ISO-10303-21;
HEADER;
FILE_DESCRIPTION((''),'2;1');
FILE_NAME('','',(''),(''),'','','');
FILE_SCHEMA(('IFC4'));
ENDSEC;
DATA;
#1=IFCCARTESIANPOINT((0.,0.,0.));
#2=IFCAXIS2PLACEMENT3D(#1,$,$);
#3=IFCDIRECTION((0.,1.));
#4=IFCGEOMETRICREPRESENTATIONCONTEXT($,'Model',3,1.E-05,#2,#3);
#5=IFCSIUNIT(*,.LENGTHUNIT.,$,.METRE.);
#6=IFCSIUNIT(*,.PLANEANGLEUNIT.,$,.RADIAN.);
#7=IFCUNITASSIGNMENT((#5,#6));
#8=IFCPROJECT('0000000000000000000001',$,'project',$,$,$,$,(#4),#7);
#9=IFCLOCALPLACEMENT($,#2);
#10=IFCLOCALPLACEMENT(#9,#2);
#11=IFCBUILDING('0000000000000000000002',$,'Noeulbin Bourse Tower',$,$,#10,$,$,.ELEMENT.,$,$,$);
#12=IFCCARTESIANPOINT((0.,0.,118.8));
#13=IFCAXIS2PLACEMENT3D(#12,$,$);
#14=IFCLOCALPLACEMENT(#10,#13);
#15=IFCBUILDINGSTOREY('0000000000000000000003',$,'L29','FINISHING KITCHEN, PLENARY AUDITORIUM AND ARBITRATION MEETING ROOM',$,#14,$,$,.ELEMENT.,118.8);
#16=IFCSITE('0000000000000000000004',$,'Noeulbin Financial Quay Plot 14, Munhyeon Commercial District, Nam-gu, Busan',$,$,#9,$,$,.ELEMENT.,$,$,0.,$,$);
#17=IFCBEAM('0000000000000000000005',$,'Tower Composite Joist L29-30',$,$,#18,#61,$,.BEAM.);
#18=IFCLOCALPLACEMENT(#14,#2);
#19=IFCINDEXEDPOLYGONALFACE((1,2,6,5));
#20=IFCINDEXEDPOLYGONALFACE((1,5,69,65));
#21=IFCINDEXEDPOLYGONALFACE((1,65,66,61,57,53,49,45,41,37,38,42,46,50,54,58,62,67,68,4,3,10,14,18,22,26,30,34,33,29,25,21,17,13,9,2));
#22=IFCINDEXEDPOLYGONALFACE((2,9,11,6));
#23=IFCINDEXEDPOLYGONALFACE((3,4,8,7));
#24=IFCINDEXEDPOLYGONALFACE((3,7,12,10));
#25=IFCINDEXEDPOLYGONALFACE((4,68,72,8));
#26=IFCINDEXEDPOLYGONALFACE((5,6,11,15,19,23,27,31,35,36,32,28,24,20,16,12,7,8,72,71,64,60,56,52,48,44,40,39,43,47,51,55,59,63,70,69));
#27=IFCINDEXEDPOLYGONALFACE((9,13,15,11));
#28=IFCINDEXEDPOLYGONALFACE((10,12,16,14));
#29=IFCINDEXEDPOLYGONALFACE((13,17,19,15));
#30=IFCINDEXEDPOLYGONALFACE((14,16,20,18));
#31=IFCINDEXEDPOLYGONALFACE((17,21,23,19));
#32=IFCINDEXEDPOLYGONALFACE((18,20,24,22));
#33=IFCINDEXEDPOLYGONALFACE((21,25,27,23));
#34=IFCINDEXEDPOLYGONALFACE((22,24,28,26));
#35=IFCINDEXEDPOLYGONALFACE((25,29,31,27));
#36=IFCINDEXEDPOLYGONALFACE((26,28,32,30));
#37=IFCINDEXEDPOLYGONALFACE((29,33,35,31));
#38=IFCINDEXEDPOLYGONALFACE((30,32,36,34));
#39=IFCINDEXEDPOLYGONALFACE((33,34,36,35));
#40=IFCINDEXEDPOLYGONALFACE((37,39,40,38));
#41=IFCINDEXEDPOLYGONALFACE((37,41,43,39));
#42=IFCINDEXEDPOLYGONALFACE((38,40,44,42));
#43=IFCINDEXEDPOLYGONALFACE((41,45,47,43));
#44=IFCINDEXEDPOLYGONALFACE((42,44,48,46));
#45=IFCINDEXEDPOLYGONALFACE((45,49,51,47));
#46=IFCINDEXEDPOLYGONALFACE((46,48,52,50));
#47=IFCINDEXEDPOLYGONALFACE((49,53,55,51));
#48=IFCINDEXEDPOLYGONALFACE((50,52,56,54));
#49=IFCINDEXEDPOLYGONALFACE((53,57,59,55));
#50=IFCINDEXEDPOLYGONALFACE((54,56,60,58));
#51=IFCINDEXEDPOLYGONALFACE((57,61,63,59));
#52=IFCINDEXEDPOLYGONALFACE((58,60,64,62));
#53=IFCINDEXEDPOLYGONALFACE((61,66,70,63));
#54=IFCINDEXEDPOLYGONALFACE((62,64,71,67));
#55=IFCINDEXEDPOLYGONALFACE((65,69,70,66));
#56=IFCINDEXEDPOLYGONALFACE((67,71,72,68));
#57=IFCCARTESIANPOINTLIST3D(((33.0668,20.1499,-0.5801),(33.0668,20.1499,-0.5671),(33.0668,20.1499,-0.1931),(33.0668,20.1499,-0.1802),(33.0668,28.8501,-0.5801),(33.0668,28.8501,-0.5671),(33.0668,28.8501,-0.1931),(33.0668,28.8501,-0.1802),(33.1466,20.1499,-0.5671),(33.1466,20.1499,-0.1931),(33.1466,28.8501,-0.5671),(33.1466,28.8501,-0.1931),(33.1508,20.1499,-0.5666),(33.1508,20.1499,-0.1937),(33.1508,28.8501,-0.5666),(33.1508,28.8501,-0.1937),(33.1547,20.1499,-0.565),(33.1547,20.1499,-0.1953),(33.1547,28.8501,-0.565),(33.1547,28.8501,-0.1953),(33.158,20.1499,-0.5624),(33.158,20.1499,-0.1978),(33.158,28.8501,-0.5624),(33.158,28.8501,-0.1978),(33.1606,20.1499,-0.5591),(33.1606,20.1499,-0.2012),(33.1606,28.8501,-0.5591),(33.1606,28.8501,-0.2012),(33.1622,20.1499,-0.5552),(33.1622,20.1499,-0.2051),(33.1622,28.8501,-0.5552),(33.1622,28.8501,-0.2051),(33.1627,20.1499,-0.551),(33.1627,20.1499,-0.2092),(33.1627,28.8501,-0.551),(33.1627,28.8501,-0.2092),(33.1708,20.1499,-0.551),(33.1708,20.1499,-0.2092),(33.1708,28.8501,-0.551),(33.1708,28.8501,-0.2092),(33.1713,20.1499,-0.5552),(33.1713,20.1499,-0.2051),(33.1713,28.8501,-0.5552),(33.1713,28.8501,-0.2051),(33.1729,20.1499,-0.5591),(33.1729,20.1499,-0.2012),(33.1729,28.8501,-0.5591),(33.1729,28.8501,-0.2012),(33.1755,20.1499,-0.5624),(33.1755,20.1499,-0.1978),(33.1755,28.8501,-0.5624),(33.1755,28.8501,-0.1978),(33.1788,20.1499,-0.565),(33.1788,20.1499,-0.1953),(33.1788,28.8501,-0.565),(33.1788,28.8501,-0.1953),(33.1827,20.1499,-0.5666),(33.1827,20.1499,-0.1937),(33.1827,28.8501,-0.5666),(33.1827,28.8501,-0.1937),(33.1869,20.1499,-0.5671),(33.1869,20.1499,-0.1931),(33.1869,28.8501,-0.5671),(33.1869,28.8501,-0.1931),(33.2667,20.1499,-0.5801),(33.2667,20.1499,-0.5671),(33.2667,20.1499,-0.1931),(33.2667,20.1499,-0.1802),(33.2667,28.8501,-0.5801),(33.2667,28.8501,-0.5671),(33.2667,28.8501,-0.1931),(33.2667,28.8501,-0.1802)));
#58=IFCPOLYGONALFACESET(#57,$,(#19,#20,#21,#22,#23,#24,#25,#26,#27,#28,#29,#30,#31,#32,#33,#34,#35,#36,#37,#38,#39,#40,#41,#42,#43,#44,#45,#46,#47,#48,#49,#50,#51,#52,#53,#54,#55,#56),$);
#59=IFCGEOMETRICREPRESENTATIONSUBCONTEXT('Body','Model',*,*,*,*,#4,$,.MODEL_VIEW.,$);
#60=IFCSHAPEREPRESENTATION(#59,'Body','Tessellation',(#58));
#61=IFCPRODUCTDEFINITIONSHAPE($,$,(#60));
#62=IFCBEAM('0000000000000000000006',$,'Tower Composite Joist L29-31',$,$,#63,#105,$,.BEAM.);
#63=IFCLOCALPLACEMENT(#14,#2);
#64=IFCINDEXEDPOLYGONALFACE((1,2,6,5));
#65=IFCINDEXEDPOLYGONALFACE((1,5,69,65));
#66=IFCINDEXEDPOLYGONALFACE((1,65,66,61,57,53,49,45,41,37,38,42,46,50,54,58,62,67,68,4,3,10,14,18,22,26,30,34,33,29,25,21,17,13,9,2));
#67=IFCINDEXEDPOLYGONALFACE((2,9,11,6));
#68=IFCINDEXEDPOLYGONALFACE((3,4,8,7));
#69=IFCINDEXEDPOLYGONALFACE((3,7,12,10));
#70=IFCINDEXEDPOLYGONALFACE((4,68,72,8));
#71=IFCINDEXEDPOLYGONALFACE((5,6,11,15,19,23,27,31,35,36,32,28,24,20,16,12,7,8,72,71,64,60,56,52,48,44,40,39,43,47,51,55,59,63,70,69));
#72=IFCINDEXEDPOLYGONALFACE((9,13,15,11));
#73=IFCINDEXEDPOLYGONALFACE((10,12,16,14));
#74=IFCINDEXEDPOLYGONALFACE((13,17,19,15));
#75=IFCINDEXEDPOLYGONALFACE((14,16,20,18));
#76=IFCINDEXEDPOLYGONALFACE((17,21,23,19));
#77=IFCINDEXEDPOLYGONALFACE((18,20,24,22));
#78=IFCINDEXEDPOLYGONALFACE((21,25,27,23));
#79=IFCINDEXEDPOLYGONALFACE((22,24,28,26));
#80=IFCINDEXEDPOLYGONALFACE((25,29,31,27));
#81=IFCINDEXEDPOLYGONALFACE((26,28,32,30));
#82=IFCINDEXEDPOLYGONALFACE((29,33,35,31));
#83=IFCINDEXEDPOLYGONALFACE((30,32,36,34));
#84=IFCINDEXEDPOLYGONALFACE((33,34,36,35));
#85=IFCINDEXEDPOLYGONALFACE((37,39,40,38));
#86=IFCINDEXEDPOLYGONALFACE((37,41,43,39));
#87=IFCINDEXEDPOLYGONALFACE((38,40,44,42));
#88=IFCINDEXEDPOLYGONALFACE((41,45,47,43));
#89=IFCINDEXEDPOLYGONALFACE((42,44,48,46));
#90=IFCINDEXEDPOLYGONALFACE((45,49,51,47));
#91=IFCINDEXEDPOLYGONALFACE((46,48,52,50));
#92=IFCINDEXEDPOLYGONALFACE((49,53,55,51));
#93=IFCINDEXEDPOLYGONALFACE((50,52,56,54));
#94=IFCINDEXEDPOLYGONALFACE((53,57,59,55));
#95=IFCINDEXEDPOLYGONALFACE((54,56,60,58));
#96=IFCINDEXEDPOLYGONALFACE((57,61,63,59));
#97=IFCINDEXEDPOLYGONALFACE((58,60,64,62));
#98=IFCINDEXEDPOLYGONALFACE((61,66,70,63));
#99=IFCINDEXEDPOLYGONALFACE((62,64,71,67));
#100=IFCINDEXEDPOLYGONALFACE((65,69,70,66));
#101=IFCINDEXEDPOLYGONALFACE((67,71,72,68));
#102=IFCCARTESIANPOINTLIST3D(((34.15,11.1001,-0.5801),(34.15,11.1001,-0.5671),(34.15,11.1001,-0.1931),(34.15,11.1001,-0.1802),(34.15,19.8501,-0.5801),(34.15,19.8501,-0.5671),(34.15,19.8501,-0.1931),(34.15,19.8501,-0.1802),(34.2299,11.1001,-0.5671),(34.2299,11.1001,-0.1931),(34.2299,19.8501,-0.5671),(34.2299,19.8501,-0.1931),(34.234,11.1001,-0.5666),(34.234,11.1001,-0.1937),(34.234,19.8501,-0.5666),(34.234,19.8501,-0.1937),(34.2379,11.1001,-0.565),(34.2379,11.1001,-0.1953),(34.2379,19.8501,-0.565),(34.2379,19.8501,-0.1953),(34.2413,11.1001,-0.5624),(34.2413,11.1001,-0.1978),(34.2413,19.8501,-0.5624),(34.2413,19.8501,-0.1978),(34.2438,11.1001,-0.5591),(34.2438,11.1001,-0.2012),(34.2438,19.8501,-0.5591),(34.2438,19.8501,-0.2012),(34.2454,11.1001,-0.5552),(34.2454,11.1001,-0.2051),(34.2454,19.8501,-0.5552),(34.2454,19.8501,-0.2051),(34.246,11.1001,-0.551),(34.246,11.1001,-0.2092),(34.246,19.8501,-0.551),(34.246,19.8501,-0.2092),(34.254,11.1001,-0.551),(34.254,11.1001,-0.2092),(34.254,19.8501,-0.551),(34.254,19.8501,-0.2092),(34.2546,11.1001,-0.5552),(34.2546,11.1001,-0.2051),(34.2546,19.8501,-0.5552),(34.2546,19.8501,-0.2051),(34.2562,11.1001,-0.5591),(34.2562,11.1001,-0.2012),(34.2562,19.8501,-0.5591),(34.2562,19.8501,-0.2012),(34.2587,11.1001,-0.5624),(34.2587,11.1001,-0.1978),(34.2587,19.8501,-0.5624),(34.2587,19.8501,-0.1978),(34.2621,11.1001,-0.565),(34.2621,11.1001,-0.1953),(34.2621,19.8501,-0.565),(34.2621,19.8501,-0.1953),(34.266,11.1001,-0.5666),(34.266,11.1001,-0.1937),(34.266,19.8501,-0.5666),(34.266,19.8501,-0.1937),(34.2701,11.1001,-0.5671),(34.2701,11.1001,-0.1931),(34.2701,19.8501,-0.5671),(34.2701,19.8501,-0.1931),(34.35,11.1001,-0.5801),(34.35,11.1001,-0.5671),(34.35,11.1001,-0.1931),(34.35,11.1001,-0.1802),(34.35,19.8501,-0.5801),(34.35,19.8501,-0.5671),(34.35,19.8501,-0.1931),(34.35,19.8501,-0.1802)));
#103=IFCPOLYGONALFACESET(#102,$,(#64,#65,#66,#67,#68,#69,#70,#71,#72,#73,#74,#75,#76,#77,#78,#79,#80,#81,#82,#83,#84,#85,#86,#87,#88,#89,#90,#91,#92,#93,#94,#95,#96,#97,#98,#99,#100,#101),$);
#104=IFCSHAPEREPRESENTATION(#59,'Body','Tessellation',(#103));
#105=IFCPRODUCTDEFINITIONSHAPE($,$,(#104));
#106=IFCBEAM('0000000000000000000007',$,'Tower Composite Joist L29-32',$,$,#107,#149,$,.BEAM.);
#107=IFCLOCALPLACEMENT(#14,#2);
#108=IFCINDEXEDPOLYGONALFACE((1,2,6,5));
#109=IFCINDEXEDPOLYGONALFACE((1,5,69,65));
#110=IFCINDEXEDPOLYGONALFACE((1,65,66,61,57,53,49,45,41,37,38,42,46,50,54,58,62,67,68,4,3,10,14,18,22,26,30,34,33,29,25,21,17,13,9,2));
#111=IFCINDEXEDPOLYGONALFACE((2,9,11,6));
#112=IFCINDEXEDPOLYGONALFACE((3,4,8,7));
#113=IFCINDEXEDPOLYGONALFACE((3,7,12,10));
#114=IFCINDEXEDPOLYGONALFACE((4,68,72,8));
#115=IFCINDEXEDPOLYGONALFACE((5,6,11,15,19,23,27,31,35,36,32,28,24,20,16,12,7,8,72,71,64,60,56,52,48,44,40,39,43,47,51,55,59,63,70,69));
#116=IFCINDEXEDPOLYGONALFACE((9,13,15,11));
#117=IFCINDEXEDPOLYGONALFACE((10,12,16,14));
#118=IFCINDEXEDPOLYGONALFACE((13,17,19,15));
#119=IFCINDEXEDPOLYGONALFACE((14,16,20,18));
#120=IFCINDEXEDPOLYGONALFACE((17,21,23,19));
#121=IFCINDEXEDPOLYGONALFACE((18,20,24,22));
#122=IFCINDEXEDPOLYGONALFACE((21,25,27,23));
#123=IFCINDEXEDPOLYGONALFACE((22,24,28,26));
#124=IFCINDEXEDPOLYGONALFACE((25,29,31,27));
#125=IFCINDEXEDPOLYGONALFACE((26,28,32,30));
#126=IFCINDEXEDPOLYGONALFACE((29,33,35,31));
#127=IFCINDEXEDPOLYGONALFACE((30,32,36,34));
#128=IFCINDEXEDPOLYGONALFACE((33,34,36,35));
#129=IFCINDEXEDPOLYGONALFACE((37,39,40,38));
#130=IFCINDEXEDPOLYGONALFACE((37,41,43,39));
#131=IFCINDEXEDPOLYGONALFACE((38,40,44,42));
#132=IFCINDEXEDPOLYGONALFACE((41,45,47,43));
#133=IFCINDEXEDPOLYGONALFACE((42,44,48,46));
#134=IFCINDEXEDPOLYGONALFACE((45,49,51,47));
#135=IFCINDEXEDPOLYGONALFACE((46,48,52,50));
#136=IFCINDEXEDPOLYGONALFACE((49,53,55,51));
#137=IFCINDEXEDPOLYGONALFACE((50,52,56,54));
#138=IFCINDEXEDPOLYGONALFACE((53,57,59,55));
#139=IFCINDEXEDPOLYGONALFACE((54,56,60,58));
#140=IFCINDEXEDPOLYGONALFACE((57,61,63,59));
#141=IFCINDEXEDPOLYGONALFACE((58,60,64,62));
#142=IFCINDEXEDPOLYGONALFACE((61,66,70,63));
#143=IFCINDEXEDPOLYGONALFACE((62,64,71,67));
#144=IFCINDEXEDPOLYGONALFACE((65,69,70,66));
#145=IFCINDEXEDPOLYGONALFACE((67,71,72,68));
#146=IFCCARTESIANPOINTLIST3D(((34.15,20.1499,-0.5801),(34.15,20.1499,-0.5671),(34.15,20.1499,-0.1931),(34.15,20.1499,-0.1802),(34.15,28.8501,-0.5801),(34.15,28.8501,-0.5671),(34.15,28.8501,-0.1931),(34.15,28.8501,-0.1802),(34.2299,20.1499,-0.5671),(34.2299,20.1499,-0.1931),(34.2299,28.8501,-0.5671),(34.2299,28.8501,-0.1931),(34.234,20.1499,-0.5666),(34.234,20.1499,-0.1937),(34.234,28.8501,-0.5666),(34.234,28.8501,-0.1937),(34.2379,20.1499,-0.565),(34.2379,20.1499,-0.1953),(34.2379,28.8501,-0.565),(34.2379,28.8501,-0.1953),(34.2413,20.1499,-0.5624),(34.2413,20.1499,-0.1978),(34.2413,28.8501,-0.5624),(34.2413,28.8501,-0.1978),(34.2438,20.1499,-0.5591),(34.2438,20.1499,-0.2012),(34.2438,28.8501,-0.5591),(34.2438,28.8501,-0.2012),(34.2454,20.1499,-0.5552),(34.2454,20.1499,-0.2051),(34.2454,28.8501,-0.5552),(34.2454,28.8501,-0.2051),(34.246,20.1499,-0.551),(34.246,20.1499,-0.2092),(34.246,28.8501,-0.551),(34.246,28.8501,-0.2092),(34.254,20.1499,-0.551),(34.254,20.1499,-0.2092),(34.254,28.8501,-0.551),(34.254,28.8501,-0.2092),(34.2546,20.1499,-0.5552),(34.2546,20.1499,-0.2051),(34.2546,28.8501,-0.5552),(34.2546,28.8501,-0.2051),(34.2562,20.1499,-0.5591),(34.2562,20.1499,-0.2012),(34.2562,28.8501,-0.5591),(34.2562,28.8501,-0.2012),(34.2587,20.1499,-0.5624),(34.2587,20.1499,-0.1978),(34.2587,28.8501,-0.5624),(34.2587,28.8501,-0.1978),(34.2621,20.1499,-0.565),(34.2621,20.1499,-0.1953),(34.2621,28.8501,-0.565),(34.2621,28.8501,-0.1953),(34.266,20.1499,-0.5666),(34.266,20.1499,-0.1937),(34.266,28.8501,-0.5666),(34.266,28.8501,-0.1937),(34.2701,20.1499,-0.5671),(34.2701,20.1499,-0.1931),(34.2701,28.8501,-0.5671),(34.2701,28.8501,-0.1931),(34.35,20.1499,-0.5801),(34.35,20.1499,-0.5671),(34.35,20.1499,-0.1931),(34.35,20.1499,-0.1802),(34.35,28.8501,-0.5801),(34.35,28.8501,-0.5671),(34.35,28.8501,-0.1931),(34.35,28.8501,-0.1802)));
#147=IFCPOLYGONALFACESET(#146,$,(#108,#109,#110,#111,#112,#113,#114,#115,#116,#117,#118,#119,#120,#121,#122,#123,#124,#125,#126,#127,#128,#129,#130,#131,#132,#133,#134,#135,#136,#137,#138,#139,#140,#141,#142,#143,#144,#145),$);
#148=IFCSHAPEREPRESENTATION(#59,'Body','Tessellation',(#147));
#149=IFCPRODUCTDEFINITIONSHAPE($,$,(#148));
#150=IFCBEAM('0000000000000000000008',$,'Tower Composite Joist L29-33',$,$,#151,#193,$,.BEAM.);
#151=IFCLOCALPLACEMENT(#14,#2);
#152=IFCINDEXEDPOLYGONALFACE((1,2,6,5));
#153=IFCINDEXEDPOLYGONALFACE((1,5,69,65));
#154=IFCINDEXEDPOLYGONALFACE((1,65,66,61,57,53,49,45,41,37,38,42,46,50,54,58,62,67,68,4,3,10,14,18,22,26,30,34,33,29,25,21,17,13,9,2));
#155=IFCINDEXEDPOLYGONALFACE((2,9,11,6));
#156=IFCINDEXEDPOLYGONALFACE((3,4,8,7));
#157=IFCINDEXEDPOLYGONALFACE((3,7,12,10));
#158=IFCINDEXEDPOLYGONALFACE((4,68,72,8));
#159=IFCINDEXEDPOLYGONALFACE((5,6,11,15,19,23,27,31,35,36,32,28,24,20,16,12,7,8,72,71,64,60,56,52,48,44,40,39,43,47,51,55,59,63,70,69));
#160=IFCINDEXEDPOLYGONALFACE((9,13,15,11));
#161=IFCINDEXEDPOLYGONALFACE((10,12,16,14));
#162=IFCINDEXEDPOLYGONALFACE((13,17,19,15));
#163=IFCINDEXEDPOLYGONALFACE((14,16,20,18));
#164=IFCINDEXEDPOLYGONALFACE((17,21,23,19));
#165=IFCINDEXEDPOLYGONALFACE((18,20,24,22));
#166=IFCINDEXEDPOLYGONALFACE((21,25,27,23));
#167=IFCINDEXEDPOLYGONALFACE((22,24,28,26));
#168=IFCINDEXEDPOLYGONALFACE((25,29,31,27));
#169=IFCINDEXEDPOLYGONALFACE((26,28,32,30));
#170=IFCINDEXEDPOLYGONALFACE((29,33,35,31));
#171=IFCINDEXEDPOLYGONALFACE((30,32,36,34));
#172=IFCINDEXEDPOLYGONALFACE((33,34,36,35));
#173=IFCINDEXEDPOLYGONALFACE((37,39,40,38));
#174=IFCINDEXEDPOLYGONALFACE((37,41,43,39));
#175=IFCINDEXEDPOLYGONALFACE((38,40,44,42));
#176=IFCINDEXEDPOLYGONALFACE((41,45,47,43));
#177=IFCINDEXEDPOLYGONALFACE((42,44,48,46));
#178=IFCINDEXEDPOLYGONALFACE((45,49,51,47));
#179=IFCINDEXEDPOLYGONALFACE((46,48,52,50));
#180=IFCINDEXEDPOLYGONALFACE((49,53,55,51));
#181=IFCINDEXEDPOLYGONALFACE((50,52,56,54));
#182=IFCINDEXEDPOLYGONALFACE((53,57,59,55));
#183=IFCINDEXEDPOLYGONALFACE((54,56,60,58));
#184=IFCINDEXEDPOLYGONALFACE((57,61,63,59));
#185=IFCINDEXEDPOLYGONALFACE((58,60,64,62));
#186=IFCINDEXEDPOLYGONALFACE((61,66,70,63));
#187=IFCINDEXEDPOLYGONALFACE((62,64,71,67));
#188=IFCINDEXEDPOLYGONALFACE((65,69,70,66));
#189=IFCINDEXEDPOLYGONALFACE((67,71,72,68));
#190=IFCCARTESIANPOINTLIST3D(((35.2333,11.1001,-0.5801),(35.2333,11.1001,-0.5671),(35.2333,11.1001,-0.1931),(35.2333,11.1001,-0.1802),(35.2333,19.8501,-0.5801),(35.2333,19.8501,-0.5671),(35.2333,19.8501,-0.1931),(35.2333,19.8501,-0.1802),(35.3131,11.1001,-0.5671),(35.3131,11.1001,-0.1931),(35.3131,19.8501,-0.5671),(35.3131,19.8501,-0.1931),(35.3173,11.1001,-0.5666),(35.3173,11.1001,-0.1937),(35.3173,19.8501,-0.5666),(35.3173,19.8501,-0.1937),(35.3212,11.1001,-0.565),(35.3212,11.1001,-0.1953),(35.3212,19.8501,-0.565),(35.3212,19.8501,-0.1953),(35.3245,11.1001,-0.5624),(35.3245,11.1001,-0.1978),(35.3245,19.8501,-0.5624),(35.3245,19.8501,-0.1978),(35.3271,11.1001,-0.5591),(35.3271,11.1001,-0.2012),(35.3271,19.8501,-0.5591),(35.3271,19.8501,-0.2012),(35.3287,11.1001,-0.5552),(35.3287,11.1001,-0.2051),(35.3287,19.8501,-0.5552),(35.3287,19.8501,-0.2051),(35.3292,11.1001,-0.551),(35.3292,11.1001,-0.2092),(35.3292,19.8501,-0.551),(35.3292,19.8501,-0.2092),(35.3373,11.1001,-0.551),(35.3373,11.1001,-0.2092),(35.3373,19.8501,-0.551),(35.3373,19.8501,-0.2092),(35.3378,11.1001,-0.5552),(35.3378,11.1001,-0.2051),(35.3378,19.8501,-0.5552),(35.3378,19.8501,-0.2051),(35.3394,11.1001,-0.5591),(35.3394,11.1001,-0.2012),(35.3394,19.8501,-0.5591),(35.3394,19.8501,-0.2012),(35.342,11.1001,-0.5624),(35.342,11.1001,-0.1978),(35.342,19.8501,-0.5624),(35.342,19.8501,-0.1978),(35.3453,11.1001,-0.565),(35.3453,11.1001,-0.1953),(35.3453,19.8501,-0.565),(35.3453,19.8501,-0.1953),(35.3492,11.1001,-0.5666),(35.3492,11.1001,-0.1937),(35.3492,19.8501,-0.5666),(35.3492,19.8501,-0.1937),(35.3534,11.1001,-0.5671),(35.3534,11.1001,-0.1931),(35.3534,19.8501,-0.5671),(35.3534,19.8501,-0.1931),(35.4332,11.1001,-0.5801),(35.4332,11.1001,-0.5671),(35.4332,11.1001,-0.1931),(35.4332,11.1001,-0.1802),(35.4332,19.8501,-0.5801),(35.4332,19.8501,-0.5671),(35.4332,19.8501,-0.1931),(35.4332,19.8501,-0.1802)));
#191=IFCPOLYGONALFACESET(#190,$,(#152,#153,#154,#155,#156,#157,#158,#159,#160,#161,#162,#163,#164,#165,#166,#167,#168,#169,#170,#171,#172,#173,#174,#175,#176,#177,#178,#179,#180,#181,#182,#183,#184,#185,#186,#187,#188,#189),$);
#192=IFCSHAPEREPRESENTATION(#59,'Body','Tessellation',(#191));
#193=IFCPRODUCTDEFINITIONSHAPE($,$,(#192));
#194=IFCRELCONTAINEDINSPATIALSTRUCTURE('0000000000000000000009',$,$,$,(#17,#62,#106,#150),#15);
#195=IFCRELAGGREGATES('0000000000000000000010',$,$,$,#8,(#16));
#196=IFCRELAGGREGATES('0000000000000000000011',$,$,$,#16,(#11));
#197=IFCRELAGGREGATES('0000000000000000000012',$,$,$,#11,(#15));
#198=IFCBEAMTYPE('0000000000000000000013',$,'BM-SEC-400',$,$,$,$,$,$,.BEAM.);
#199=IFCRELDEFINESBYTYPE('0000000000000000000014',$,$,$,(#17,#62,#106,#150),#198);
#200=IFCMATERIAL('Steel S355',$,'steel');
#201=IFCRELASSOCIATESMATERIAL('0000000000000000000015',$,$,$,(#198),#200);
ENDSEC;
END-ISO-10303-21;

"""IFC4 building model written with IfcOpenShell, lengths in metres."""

from ifc_helpers import new_model, si_unit, direction, frame, origin, origin_2d, place, context, subcontext, project, spatial, i_section, extrude, material, material_profile, profile_set, type_object, element, save


model = new_model("IFC4")

# Units and contexts
model_context = context("Model", 3, precision=1e-05, world=origin(), true_north=direction((0.0, 1.0)))
body_context = subcontext(model_context, "Body", "Model", "MODEL_VIEW")
ifc_project = project(units=[si_unit("LENGTHUNIT", "METRE"), si_unit("PLANEANGLEUNIT", "RADIAN")], contexts=[model_context])

# Site, building, storey
site_placement = place(None, origin())
site = spatial("IfcSite", under=ifc_project, at=site_placement, Name="Noeulbin Financial Quay Plot 14, Munhyeon Commercial District, Nam-gu, Busan", CompositionType="ELEMENT", RefElevation=0.0)
building_placement = place(site_placement, origin())
building = spatial("IfcBuilding", under=site, at=building_placement, Name="Noeulbin Bourse Tower", CompositionType="ELEMENT")
storey_placement = place(building_placement, frame((0.0, 0.0, 118.8)))
storey = spatial("IfcBuildingStorey", under=building, at=storey_placement, Name="L29", Description="FINISHING KITCHEN, PLENARY AUDITORIUM AND ARBITRATION MEETING ROOM", CompositionType="ELEMENT", Elevation=118.8)

# Shared definitions
ifc_material_1 = material(Name="Steel S355", Category="steel")

# Beams
ifc_material_profile_1 = material_profile(ifc_material_1, i_section(OverallWidth=0.2, OverallDepth=0.3999, WebThickness=0.0081, FlangeThickness=0.0129, FilletRadius=0.0161, at=origin_2d()), Name="H-400x200x8x13", Category="LoadBearing")
ifc_profile_set_1 = profile_set([ifc_material_profile_1], Name="Steel S355")
beam_type_1 = type_object("IfcBeamType", Name="BM-SEC-400", PredefinedType="BEAM", material=ifc_profile_set_1)
beam_1_placement = place(storey_placement, frame((33.1667, 20.1499, -0.3801), z_axis=(0.0, 1.0, 0.0), x_axis=(-1.0, 0.0, 0.0)))
element("IfcBeam", 1, at=beam_1_placement, inside=storey, type_object=beam_type_1, Name="Tower Composite Joist L29-30", PredefinedType="BEAM", context=body_context, shape_type="SweptSolid", body=[
    extrude(i_section(OverallWidth=0.2, OverallDepth=0.3999, WebThickness=0.0081, FlangeThickness=0.0129, FilletRadius=0.0161, at=origin_2d()), origin(), (0.0, 0.0, 1.0), 8.7002),
])
beam_2_placement = place(storey_placement, frame((34.25, 11.1001, -0.3801), z_axis=(0.0, 1.0, 0.0), x_axis=(-1.0, 0.0, 0.0)))
element("IfcBeam", 2, at=beam_2_placement, inside=storey, type_object=beam_type_1, Name="Tower Composite Joist L29-31", PredefinedType="BEAM", context=body_context, shape_type="SweptSolid", body=[
    extrude(i_section(OverallWidth=0.2, OverallDepth=0.3999, WebThickness=0.0081, FlangeThickness=0.0129, FilletRadius=0.0161, at=origin_2d()), origin(), (0.0, 0.0, 1.0), 8.75),
])
beam_3_placement = place(storey_placement, frame((34.25, 20.1499, -0.3801), z_axis=(0.0, 1.0, 0.0), x_axis=(-1.0, 0.0, 0.0)))
element("IfcBeam", 3, at=beam_3_placement, inside=storey, type_object=beam_type_1, Name="Tower Composite Joist L29-32", PredefinedType="BEAM", context=body_context, shape_type="SweptSolid", body=[
    extrude(i_section(OverallWidth=0.2, OverallDepth=0.3999, WebThickness=0.0081, FlangeThickness=0.0129, FilletRadius=0.0161, at=origin_2d()), origin(), (0.0, 0.0, 1.0), 8.7002),
])
for number, where, z_axis, x_axis, name in (
    (4, (35.3333, 11.1001, -0.3801), (0.0, 1.0, 0.0), (-1.0, 0.0, 0.0), "Tower Composite Joist L29-33"),
):
    element("IfcBeam", number, at=place(storey_placement, frame(where, z_axis=z_axis, x_axis=x_axis)), inside=storey, type_object=beam_type_1, Name=name, PredefinedType="BEAM", context=body_context, shape_type="SweptSolid", body=[
        extrude(i_section(OverallWidth=0.2, OverallDepth=0.3999, WebThickness=0.0081, FlangeThickness=0.0129, FilletRadius=0.0161, at=origin_2d()), origin(), (0.0, 0.0, 1.0), 8.75),
    ])

save(model, "model.ifc")
